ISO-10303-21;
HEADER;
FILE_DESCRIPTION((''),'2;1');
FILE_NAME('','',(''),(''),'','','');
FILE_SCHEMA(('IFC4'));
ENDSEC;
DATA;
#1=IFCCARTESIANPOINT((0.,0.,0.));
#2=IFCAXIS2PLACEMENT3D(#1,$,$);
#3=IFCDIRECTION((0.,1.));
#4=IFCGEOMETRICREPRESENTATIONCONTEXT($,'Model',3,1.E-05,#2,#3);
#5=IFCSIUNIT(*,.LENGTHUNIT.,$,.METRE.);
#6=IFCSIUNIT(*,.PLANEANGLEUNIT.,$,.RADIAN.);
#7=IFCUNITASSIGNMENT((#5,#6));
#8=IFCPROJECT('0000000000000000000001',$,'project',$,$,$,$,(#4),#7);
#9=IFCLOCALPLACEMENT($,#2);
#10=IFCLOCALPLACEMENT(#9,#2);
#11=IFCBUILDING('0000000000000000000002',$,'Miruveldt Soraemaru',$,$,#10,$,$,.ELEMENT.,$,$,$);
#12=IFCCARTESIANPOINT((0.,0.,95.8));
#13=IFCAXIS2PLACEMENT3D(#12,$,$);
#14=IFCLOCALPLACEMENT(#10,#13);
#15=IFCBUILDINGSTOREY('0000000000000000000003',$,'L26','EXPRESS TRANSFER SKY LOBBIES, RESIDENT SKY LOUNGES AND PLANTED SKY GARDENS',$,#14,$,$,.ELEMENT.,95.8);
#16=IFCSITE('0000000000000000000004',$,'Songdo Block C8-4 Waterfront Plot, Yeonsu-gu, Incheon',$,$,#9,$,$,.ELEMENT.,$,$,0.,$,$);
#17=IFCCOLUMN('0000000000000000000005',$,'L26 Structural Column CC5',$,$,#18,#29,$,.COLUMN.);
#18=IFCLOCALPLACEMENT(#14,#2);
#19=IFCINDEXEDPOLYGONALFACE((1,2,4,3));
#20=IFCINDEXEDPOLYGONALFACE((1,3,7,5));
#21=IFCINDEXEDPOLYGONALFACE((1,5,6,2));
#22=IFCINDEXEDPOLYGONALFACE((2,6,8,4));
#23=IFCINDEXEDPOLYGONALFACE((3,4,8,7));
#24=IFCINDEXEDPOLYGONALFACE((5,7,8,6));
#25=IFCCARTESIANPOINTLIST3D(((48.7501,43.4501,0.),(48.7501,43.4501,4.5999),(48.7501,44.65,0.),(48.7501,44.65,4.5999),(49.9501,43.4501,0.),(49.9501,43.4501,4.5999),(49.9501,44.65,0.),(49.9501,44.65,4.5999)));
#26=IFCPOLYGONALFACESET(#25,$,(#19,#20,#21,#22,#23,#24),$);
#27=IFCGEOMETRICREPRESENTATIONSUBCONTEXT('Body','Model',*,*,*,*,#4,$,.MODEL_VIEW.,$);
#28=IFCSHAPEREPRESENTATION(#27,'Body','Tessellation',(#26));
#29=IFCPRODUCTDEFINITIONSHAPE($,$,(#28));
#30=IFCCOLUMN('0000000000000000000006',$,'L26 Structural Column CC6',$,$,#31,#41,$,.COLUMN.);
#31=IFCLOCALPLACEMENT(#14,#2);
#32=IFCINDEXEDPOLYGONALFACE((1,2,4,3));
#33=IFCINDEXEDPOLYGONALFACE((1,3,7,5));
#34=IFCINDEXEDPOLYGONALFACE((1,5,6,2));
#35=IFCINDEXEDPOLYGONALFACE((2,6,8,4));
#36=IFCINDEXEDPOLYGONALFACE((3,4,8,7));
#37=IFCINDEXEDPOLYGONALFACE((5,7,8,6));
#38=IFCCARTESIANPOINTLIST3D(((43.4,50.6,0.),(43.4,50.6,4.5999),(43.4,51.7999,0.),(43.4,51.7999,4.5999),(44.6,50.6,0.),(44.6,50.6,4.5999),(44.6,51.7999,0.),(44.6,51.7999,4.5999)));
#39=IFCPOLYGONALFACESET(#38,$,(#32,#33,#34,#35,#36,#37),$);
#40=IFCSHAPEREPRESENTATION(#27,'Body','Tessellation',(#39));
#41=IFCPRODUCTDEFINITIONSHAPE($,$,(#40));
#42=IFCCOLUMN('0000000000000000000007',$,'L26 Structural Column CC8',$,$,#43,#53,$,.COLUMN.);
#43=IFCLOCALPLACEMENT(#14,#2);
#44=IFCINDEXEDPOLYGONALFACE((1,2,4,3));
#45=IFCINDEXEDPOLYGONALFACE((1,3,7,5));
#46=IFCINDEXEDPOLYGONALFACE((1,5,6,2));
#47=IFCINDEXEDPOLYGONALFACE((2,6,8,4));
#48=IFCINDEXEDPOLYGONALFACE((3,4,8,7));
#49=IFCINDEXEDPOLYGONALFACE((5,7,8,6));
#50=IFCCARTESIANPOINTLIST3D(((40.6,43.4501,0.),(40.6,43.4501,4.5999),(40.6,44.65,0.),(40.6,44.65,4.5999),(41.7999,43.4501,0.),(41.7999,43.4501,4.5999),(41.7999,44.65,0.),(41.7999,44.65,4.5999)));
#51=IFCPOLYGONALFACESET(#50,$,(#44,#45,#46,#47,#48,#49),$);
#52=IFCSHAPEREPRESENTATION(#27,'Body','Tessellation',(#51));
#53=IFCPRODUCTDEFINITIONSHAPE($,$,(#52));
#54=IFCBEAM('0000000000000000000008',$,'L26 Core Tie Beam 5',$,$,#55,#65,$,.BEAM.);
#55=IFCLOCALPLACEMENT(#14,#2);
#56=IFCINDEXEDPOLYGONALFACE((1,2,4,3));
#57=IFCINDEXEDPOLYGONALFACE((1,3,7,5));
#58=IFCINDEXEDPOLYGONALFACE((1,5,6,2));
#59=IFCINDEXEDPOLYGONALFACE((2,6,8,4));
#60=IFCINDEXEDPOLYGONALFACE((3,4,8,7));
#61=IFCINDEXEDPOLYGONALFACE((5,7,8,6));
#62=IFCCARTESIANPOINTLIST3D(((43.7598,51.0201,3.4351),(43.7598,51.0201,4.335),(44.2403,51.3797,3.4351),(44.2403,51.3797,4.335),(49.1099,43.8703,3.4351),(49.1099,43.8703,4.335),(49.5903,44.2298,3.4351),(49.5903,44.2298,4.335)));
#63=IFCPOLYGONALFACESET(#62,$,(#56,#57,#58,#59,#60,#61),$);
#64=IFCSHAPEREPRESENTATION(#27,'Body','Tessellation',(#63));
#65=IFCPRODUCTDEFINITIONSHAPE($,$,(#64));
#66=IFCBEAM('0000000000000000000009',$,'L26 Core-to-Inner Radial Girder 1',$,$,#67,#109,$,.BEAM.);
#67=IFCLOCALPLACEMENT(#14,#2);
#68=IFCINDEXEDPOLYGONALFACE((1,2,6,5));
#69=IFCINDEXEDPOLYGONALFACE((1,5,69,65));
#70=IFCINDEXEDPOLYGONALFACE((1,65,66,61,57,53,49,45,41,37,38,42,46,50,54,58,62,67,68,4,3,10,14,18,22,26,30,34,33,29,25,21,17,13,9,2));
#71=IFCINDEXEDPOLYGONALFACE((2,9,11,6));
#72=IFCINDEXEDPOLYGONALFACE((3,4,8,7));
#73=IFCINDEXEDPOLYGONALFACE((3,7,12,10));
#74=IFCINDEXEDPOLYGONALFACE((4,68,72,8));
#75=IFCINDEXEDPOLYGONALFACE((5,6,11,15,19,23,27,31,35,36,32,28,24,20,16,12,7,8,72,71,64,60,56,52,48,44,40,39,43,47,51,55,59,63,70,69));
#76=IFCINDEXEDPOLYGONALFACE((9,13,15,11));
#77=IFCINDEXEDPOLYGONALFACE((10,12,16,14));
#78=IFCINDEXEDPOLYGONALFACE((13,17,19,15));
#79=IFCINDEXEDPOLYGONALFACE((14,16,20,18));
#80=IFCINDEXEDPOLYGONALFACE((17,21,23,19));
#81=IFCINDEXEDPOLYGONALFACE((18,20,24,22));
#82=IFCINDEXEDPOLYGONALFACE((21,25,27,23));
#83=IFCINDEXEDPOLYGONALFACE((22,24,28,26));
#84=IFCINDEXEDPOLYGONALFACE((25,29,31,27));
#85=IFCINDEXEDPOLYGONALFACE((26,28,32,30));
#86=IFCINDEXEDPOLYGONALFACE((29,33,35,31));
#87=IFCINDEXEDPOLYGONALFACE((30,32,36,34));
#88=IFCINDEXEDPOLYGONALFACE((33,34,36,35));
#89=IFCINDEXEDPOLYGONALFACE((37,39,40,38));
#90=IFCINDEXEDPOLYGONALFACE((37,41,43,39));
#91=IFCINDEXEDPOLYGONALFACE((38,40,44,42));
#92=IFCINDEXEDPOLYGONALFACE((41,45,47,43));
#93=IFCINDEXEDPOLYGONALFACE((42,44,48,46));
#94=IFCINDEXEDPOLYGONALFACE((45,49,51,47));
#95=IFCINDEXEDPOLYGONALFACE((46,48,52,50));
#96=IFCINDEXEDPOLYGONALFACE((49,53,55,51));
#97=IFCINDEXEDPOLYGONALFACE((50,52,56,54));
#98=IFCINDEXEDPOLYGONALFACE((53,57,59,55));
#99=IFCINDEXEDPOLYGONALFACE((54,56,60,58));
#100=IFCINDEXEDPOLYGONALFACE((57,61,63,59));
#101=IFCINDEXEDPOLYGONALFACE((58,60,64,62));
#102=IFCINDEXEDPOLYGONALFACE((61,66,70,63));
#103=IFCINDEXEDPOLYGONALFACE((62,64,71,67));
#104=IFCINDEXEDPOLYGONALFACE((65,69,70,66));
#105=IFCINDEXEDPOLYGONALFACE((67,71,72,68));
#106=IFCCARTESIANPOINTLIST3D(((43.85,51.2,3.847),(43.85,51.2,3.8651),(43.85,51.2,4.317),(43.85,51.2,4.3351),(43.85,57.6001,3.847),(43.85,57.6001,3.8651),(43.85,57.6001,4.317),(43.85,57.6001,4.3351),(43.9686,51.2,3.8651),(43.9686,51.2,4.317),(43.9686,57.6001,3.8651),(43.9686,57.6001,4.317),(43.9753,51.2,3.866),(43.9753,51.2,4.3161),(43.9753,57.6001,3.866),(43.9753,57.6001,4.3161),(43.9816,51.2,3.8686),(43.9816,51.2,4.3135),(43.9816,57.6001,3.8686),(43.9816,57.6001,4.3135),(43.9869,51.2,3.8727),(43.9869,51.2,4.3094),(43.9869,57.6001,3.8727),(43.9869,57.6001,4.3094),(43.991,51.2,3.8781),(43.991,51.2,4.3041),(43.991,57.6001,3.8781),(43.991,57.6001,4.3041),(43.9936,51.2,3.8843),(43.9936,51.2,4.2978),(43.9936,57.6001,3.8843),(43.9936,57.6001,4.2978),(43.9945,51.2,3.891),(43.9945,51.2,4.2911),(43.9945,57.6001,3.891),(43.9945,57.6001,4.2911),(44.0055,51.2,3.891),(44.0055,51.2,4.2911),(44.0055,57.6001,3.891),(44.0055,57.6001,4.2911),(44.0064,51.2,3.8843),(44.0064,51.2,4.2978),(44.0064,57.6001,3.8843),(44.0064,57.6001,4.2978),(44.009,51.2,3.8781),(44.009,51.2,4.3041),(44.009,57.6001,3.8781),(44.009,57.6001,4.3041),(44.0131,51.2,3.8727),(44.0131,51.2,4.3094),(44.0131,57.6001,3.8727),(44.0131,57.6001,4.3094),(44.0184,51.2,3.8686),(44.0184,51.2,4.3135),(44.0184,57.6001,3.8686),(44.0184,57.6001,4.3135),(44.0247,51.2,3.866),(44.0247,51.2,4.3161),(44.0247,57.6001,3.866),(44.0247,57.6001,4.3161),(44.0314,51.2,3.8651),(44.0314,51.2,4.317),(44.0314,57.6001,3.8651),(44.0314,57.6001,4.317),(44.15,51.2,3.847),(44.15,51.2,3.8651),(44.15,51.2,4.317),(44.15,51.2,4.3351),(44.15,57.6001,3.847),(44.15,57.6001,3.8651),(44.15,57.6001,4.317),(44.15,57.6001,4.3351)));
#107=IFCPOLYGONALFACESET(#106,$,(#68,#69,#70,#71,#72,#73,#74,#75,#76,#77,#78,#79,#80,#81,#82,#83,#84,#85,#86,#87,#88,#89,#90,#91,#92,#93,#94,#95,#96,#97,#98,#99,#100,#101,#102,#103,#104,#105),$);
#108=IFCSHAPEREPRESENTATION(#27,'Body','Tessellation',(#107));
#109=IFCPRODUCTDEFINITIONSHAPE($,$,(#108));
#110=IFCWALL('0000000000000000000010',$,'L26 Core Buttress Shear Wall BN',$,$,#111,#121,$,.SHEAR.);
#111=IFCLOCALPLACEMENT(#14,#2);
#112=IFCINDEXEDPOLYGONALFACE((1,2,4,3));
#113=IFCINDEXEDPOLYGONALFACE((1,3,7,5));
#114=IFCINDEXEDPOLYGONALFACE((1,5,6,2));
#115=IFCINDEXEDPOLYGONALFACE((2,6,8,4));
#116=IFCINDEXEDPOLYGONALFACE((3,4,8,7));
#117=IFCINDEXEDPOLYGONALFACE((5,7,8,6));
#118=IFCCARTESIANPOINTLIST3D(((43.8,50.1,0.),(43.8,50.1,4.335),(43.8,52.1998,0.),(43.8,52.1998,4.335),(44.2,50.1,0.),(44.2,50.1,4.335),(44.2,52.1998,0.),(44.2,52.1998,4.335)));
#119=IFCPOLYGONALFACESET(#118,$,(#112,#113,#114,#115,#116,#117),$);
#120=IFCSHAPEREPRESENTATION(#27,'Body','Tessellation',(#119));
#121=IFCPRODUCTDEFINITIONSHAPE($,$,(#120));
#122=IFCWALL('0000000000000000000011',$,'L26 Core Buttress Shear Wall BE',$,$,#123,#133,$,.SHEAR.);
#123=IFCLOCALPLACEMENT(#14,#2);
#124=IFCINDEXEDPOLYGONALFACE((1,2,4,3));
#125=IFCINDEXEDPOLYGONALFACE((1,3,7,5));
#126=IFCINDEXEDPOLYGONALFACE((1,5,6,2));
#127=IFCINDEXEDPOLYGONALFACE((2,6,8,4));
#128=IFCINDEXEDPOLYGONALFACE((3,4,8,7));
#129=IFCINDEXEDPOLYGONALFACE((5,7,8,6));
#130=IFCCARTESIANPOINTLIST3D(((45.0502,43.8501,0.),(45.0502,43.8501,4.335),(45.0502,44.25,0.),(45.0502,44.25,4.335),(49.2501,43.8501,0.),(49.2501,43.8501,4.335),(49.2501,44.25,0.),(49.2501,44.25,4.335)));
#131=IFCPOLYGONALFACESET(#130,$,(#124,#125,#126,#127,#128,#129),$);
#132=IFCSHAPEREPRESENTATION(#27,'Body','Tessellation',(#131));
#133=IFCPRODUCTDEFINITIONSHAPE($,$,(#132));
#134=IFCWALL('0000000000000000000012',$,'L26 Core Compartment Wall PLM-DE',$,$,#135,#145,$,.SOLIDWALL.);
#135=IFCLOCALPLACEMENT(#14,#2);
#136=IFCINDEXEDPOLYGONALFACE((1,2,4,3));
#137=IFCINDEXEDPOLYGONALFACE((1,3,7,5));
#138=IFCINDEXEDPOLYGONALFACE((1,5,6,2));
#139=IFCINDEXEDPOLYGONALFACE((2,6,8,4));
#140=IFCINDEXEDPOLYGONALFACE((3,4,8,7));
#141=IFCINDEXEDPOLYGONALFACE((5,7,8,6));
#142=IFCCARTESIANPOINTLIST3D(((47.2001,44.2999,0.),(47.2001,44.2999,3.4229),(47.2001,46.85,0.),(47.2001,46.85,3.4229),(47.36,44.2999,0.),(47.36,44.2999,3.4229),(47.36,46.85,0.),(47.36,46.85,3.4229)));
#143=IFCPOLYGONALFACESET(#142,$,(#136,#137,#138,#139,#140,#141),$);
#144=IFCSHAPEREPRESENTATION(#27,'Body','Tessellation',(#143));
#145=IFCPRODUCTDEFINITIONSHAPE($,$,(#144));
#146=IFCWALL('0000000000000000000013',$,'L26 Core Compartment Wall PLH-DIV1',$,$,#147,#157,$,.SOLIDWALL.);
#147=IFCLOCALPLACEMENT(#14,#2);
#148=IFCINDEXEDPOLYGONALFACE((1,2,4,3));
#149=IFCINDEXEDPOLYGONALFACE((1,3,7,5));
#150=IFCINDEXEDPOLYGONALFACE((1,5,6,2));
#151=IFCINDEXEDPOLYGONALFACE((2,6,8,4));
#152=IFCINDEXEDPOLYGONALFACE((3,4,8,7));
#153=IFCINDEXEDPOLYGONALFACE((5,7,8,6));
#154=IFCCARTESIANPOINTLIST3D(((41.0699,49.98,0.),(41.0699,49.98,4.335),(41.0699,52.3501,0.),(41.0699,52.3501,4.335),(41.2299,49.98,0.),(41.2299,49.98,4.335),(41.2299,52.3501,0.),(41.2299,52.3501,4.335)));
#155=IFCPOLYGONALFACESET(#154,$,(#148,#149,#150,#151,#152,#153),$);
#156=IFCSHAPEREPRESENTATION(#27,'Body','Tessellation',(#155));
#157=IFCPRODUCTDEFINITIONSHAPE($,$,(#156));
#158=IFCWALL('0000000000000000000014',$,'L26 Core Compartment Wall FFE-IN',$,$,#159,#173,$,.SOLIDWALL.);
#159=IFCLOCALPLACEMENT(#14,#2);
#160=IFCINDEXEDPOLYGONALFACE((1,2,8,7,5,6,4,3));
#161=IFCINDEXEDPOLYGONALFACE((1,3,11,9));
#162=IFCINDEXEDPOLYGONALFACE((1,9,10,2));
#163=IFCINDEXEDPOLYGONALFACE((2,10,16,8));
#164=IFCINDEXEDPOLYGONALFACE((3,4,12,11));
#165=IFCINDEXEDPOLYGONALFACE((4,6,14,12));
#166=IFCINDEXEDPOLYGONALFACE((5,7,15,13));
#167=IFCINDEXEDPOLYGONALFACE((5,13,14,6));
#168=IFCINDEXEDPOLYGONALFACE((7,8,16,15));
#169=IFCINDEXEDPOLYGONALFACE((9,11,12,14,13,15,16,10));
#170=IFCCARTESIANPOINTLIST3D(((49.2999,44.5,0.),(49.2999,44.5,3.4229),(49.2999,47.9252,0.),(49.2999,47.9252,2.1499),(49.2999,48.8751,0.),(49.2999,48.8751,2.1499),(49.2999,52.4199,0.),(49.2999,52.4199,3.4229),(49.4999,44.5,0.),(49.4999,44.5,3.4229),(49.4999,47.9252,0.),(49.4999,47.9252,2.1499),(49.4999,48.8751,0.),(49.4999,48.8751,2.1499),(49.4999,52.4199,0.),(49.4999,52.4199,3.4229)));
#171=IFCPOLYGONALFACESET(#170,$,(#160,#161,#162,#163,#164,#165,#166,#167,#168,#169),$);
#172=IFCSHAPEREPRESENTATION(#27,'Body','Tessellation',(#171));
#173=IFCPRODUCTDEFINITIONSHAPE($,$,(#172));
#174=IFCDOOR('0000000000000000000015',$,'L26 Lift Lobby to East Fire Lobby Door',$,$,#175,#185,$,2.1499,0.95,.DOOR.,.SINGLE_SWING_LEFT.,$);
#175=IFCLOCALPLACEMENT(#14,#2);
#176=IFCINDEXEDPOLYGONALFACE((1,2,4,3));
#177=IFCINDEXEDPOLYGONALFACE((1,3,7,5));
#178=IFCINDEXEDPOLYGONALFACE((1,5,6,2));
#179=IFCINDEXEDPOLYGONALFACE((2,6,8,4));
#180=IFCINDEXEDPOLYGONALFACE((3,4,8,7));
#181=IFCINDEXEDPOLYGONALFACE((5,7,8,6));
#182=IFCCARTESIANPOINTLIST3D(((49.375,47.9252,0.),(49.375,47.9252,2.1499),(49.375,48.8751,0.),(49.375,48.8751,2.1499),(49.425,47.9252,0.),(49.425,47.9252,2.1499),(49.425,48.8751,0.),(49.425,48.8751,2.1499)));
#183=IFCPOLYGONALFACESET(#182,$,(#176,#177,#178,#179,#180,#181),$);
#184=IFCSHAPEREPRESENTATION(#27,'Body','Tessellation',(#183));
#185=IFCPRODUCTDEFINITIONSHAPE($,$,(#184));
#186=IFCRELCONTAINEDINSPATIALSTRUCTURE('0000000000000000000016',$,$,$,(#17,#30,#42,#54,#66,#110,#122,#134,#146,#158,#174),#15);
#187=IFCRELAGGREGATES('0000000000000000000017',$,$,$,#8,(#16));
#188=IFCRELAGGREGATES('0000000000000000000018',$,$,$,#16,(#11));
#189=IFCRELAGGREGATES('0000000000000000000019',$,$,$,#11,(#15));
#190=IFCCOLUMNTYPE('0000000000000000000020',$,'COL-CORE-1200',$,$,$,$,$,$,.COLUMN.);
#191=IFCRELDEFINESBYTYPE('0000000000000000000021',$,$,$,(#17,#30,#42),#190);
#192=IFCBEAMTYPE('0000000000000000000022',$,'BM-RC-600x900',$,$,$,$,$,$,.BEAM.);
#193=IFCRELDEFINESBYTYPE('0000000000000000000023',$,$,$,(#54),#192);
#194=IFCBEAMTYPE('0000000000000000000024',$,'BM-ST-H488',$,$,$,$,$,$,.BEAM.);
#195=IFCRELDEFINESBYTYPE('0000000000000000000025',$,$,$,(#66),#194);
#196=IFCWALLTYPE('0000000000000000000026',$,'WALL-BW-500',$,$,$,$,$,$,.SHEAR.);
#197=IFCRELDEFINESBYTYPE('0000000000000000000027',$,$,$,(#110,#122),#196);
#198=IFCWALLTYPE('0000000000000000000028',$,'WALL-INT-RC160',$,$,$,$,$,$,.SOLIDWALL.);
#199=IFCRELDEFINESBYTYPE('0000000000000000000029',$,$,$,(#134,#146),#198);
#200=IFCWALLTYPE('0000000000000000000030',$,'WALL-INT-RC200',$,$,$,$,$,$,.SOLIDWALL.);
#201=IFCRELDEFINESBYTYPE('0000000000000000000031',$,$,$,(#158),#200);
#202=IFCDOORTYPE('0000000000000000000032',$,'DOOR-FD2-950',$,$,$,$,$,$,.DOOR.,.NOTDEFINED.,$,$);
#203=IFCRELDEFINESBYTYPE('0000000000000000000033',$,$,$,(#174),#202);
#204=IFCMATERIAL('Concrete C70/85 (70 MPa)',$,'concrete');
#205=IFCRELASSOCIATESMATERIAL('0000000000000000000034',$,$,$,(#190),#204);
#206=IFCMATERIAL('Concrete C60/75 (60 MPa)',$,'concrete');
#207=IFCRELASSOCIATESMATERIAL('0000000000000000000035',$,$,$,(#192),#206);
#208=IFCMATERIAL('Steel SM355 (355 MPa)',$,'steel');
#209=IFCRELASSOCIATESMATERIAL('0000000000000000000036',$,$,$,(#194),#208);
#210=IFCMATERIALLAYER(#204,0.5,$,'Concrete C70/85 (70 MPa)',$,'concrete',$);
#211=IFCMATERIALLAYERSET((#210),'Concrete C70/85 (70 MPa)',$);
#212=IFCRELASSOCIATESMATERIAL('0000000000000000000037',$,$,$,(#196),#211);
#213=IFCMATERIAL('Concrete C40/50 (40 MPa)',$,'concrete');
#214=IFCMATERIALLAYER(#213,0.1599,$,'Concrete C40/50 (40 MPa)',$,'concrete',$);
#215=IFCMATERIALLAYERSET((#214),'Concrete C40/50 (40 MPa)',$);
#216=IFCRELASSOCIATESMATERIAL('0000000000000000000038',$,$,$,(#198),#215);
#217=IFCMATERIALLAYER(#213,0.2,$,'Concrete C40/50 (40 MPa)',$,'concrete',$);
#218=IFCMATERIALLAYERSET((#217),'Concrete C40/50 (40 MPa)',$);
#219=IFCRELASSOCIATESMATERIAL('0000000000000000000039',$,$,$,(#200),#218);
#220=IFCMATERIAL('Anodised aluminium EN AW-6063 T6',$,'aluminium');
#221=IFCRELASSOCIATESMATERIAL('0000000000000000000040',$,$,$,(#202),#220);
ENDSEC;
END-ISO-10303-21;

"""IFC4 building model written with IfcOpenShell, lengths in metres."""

from ifc_helpers import new_model, si_unit, direction, frame, frame_2d, origin, origin_2d, place, context, subcontext, project, spatial, rectangle, i_section, extrude, material, layer, layer_set, material_profile, profile_set, type_object, element, fill, save


model = new_model("IFC4")

# Units and contexts
model_context = context("Model", 3, precision=1e-05, world=origin(), true_north=direction((0.0, 1.0)))
body_context = subcontext(model_context, "Body", "Model", "MODEL_VIEW")
ifc_project = project(units=[si_unit("LENGTHUNIT", "METRE"), si_unit("PLANEANGLEUNIT", "RADIAN")], contexts=[model_context])

# Site, building, storey
site_placement = place(None, origin())
site = spatial("IfcSite", under=ifc_project, at=site_placement, Name="Songdo Block C8-4 Waterfront Plot, Yeonsu-gu, Incheon", CompositionType="ELEMENT", RefElevation=0.0)
building_placement = place(site_placement, origin())
building = spatial("IfcBuilding", under=site, at=building_placement, Name="Miruveldt Soraemaru", CompositionType="ELEMENT")
storey_placement = place(building_placement, frame((0.0, 0.0, 95.8)))
storey = spatial("IfcBuildingStorey", under=building, at=storey_placement, Name="L26", Description="EXPRESS TRANSFER SKY LOBBIES, RESIDENT SKY LOUNGES AND PLANTED SKY GARDENS", CompositionType="ELEMENT", Elevation=95.8)

# Columns
ifc_material_1 = material(Name="Concrete C70/85 (70 MPa)", Category="concrete")
ifc_material_profile_1 = material_profile(ifc_material_1, rectangle(XDim=1.2, YDim=1.2, at=origin_2d()), Name="Concrete C70/85 (70 MPa)", Category="concrete")
ifc_profile_set_1 = profile_set([ifc_material_profile_1], Name="Concrete C70/85 (70 MPa)")
column_type = type_object("IfcColumnType", Name="COL-CORE-1200", PredefinedType="COLUMN", material=ifc_profile_set_1)
for number, where, z_axis, x_axis, name in (
    (1, (49.3501, 44.05, 0.0), (0.0, 0.0, 1.0), (1.0, 0.0, 0.0), "L26 Structural Column CC5"),
    (2, (44.0, 51.2, 0.0), (0.0, 0.0, 1.0), (1.0, 0.0, 0.0), "L26 Structural Column CC6"),
    (3, (41.2, 44.05, 0.0), (0.0, 0.0, 1.0), (1.0, 0.0, 0.0), "L26 Structural Column CC8"),
):
    element("IfcColumn", number, at=place(storey_placement, frame(where, z_axis=z_axis, x_axis=x_axis)), inside=storey, type_object=column_type, Name=name, PredefinedType="COLUMN", context=body_context, shape_type="SweptSolid", body=[
        extrude(rectangle(XDim=1.2, YDim=1.2, at=origin_2d()), origin(), (0.0, 0.0, 1.0), 4.5999),
    ])

# Beams
ifc_material_2 = material(Name="Concrete C60/75 (60 MPa)", Category="concrete")
ifc_material_profile_2 = material_profile(ifc_material_2, rectangle(XDim=0.6001, YDim=0.8999, at=origin_2d()), Name="Concrete C60/75 (60 MPa)", Category="concrete")
ifc_profile_set_2 = profile_set([ifc_material_profile_2], Name="Concrete C60/75 (60 MPa)")
beam_type_1 = type_object("IfcBeamType", Name="BM-RC-600x900", PredefinedType="BEAM", material=ifc_profile_set_2)
beam_1_placement = place(storey_placement, frame((49.3501, 44.05, 3.885), z_axis=(-0.599116, 0.800662, 0.0), x_axis=(-0.800662, -0.599116, 0.0)))
element("IfcBeam", 4, at=beam_1_placement, inside=storey, type_object=beam_type_1, Name="L26 Core Tie Beam 5", PredefinedType="BEAM", context=body_context, shape_type="SweptSolid", body=[
    extrude(rectangle(XDim=0.6001, YDim=0.8999, at=origin_2d()), origin(), (0.0, 0.0, 1.0), 8.9299),
])
ifc_material_3 = material(Name="Steel SM355 (355 MPa)", Category="steel")
ifc_material_profile_3 = material_profile(ifc_material_3, i_section(OverallWidth=0.3, OverallDepth=0.488, WebThickness=0.011, FlangeThickness=0.0181, FilletRadius=0.0259, at=origin_2d()), Name="Steel SM355 (355 MPa)", Category="steel")
ifc_profile_set_3 = profile_set([ifc_material_profile_3], Name="Steel SM355 (355 MPa)")
beam_type_2 = type_object("IfcBeamType", Name="BM-ST-H488", PredefinedType="BEAM", material=ifc_profile_set_3)
beam_2_placement = place(storey_placement, frame((44.0, 51.2, 4.0911), z_axis=(0.0, 1.0, 0.0), x_axis=(-1.0, 0.0, 0.0)))
element("IfcBeam", 5, at=beam_2_placement, inside=storey, type_object=beam_type_2, Name="L26 Core-to-Inner Radial Girder 1", PredefinedType="BEAM", context=body_context, shape_type="SweptSolid", body=[
    extrude(i_section(OverallWidth=0.3, OverallDepth=0.488, WebThickness=0.011, FlangeThickness=0.0181, FilletRadius=0.0259, at=origin_2d()), origin(), (0.0, 0.0, 1.0), 6.4001),
])

# Walls
ifc_layer_1 = layer(ifc_material_1, 0.5, Name="Concrete C70/85 (70 MPa)", Category="concrete")
ifc_layer_set_1 = layer_set([ifc_layer_1], Name="Concrete C70/85 (70 MPa)")
wall_type_1 = type_object("IfcWallType", Name="WALL-BW-500", PredefinedType="SHEAR", material=ifc_layer_set_1)
wall_1_placement = place(storey_placement, frame((44.0, 50.1001, 0.0), z_axis=(0.0, 0.0, 1.0), x_axis=(0.0, 1.0, 0.0)))
element("IfcWall", 6, at=wall_1_placement, inside=storey, type_object=wall_type_1, Name="L26 Core Buttress Shear Wall BN", PredefinedType="SHEAR", context=body_context, shape_type="SweptSolid", body=[
    extrude(rectangle(XDim=2.0999, YDim=0.3999, at=frame_2d((1.0498, 0.0))), origin(), (0.0, 0.0, 1.0), 4.335),
])
wall_2_placement = place(storey_placement, frame((45.05, 44.05, 0.0), z_axis=(0.0, 0.0, 1.0), x_axis=(1.0, 0.0, 0.0)))
element("IfcWall", 7, at=wall_2_placement, inside=storey, type_object=wall_type_1, Name="L26 Core Buttress Shear Wall BE", PredefinedType="SHEAR", context=body_context, shape_type="SweptSolid", body=[
    extrude(rectangle(XDim=4.2, YDim=0.3999, at=frame_2d((2.1001, 0.0))), origin(), (0.0, 0.0, 1.0), 4.335),
])
ifc_material_4 = material(Name="Concrete C40/50 (40 MPa)", Category="concrete")
ifc_layer_2 = layer(ifc_material_4, 0.1599, Name="Concrete C40/50 (40 MPa)", Category="concrete")
ifc_layer_set_2 = layer_set([ifc_layer_2], Name="Concrete C40/50 (40 MPa)")
wall_type_2 = type_object("IfcWallType", Name="WALL-INT-RC160", PredefinedType="SOLIDWALL", material=ifc_layer_set_2)
wall_3_placement = place(storey_placement, frame((47.28, 44.3, 0.0), z_axis=(0.0, 0.0, 1.0), x_axis=(0.0, 1.0, 0.0)))
element("IfcWall", 8, at=wall_3_placement, inside=storey, type_object=wall_type_2, Name="L26 Core Compartment Wall PLM-DE", PredefinedType="SOLIDWALL", context=body_context, shape_type="SweptSolid", body=[
    extrude(rectangle(XDim=2.55, YDim=0.1599, at=frame_2d((1.2749, 0.0))), origin(), (0.0, 0.0, 1.0), 3.4229),
])
wall_4_placement = place(storey_placement, frame((41.1499, 49.98, 0.0), z_axis=(0.0, 0.0, 1.0), x_axis=(0.0, 1.0, 0.0)))
element("IfcWall", 9, at=wall_4_placement, inside=storey, type_object=wall_type_2, Name="L26 Core Compartment Wall PLH-DIV1", PredefinedType="SOLIDWALL", context=body_context, shape_type="SweptSolid", body=[
    extrude(rectangle(XDim=2.3701, YDim=0.1599, at=frame_2d((1.1851, 0.0))), origin(), (0.0, 0.0, 1.0), 4.335),
])

# Wall, opening, door
ifc_layer_3 = layer(ifc_material_4, 0.2, Name="Concrete C40/50 (40 MPa)", Category="concrete")
ifc_layer_set_3 = layer_set([ifc_layer_3], Name="Concrete C40/50 (40 MPa)")
wall_type_3 = type_object("IfcWallType", Name="WALL-INT-RC200", PredefinedType="SOLIDWALL", material=ifc_layer_set_3)
wall_5_placement = place(storey_placement, frame((49.3999, 44.5, 0.0), z_axis=(0.0, 0.0, 1.0), x_axis=(0.0, 1.0, 0.0)))
wall_5 = element("IfcWall", 10, at=wall_5_placement, inside=storey, type_object=wall_type_3, Name="L26 Core Compartment Wall FFE-IN", PredefinedType="SOLIDWALL", context=body_context, shape_type="SweptSolid", body=[
    extrude(rectangle(XDim=7.9199, YDim=0.2, at=frame_2d((3.96, 0.0))), origin(), (0.0, 0.0, 1.0), 3.4229),
])
opening_1_placement = place(wall_5_placement, frame((3.425, 0.0, 0.0)))
opening_1 = element("IfcOpeningElement", 11, at=opening_1_placement, cuts=wall_5, PredefinedType="OPENING", context=body_context, shape_type="SweptSolid", body=[
    extrude(rectangle(XDim=0.95, YDim=2.1499, at=frame_2d((0.4751, 1.075))), frame((0.0, 0.1099, 0.0), z_axis=(0.0, -1.0, 0.0), x_axis=(1.0, 0.0, 0.0)), (0.0, 0.0, 1.0), 0.22),
])
ifc_material_5 = material(Name="Anodised aluminium EN AW-6063 T6", Category="aluminium")
door_type_1 = type_object("IfcDoorType", Name="DOOR-FD2-950", OperationType="NOTDEFINED", PredefinedType="DOOR", material=ifc_material_5)
door_1_placement = place(opening_1_placement, origin())
door_1 = element("IfcDoor", 12, at=door_1_placement, inside=storey, type_object=door_type_1, Name="L26 Lift Lobby to East Fire Lobby Door", OperationType="SINGLE_SWING_LEFT", OverallHeight=2.1499, OverallWidth=0.95, PredefinedType="DOOR", context=body_context, shape_type="SweptSolid", body=[
    extrude(rectangle(XDim=0.95, YDim=2.1499, at=frame_2d((0.4751, 1.075))), frame((0.0, 0.0249, 0.0), z_axis=(0.0, -1.0, 0.0), x_axis=(1.0, 0.0, 0.0)), (0.0, 0.0, 1.0), 0.05),
])
fill(opening_1, door_1)

save(model, "model.ifc")
